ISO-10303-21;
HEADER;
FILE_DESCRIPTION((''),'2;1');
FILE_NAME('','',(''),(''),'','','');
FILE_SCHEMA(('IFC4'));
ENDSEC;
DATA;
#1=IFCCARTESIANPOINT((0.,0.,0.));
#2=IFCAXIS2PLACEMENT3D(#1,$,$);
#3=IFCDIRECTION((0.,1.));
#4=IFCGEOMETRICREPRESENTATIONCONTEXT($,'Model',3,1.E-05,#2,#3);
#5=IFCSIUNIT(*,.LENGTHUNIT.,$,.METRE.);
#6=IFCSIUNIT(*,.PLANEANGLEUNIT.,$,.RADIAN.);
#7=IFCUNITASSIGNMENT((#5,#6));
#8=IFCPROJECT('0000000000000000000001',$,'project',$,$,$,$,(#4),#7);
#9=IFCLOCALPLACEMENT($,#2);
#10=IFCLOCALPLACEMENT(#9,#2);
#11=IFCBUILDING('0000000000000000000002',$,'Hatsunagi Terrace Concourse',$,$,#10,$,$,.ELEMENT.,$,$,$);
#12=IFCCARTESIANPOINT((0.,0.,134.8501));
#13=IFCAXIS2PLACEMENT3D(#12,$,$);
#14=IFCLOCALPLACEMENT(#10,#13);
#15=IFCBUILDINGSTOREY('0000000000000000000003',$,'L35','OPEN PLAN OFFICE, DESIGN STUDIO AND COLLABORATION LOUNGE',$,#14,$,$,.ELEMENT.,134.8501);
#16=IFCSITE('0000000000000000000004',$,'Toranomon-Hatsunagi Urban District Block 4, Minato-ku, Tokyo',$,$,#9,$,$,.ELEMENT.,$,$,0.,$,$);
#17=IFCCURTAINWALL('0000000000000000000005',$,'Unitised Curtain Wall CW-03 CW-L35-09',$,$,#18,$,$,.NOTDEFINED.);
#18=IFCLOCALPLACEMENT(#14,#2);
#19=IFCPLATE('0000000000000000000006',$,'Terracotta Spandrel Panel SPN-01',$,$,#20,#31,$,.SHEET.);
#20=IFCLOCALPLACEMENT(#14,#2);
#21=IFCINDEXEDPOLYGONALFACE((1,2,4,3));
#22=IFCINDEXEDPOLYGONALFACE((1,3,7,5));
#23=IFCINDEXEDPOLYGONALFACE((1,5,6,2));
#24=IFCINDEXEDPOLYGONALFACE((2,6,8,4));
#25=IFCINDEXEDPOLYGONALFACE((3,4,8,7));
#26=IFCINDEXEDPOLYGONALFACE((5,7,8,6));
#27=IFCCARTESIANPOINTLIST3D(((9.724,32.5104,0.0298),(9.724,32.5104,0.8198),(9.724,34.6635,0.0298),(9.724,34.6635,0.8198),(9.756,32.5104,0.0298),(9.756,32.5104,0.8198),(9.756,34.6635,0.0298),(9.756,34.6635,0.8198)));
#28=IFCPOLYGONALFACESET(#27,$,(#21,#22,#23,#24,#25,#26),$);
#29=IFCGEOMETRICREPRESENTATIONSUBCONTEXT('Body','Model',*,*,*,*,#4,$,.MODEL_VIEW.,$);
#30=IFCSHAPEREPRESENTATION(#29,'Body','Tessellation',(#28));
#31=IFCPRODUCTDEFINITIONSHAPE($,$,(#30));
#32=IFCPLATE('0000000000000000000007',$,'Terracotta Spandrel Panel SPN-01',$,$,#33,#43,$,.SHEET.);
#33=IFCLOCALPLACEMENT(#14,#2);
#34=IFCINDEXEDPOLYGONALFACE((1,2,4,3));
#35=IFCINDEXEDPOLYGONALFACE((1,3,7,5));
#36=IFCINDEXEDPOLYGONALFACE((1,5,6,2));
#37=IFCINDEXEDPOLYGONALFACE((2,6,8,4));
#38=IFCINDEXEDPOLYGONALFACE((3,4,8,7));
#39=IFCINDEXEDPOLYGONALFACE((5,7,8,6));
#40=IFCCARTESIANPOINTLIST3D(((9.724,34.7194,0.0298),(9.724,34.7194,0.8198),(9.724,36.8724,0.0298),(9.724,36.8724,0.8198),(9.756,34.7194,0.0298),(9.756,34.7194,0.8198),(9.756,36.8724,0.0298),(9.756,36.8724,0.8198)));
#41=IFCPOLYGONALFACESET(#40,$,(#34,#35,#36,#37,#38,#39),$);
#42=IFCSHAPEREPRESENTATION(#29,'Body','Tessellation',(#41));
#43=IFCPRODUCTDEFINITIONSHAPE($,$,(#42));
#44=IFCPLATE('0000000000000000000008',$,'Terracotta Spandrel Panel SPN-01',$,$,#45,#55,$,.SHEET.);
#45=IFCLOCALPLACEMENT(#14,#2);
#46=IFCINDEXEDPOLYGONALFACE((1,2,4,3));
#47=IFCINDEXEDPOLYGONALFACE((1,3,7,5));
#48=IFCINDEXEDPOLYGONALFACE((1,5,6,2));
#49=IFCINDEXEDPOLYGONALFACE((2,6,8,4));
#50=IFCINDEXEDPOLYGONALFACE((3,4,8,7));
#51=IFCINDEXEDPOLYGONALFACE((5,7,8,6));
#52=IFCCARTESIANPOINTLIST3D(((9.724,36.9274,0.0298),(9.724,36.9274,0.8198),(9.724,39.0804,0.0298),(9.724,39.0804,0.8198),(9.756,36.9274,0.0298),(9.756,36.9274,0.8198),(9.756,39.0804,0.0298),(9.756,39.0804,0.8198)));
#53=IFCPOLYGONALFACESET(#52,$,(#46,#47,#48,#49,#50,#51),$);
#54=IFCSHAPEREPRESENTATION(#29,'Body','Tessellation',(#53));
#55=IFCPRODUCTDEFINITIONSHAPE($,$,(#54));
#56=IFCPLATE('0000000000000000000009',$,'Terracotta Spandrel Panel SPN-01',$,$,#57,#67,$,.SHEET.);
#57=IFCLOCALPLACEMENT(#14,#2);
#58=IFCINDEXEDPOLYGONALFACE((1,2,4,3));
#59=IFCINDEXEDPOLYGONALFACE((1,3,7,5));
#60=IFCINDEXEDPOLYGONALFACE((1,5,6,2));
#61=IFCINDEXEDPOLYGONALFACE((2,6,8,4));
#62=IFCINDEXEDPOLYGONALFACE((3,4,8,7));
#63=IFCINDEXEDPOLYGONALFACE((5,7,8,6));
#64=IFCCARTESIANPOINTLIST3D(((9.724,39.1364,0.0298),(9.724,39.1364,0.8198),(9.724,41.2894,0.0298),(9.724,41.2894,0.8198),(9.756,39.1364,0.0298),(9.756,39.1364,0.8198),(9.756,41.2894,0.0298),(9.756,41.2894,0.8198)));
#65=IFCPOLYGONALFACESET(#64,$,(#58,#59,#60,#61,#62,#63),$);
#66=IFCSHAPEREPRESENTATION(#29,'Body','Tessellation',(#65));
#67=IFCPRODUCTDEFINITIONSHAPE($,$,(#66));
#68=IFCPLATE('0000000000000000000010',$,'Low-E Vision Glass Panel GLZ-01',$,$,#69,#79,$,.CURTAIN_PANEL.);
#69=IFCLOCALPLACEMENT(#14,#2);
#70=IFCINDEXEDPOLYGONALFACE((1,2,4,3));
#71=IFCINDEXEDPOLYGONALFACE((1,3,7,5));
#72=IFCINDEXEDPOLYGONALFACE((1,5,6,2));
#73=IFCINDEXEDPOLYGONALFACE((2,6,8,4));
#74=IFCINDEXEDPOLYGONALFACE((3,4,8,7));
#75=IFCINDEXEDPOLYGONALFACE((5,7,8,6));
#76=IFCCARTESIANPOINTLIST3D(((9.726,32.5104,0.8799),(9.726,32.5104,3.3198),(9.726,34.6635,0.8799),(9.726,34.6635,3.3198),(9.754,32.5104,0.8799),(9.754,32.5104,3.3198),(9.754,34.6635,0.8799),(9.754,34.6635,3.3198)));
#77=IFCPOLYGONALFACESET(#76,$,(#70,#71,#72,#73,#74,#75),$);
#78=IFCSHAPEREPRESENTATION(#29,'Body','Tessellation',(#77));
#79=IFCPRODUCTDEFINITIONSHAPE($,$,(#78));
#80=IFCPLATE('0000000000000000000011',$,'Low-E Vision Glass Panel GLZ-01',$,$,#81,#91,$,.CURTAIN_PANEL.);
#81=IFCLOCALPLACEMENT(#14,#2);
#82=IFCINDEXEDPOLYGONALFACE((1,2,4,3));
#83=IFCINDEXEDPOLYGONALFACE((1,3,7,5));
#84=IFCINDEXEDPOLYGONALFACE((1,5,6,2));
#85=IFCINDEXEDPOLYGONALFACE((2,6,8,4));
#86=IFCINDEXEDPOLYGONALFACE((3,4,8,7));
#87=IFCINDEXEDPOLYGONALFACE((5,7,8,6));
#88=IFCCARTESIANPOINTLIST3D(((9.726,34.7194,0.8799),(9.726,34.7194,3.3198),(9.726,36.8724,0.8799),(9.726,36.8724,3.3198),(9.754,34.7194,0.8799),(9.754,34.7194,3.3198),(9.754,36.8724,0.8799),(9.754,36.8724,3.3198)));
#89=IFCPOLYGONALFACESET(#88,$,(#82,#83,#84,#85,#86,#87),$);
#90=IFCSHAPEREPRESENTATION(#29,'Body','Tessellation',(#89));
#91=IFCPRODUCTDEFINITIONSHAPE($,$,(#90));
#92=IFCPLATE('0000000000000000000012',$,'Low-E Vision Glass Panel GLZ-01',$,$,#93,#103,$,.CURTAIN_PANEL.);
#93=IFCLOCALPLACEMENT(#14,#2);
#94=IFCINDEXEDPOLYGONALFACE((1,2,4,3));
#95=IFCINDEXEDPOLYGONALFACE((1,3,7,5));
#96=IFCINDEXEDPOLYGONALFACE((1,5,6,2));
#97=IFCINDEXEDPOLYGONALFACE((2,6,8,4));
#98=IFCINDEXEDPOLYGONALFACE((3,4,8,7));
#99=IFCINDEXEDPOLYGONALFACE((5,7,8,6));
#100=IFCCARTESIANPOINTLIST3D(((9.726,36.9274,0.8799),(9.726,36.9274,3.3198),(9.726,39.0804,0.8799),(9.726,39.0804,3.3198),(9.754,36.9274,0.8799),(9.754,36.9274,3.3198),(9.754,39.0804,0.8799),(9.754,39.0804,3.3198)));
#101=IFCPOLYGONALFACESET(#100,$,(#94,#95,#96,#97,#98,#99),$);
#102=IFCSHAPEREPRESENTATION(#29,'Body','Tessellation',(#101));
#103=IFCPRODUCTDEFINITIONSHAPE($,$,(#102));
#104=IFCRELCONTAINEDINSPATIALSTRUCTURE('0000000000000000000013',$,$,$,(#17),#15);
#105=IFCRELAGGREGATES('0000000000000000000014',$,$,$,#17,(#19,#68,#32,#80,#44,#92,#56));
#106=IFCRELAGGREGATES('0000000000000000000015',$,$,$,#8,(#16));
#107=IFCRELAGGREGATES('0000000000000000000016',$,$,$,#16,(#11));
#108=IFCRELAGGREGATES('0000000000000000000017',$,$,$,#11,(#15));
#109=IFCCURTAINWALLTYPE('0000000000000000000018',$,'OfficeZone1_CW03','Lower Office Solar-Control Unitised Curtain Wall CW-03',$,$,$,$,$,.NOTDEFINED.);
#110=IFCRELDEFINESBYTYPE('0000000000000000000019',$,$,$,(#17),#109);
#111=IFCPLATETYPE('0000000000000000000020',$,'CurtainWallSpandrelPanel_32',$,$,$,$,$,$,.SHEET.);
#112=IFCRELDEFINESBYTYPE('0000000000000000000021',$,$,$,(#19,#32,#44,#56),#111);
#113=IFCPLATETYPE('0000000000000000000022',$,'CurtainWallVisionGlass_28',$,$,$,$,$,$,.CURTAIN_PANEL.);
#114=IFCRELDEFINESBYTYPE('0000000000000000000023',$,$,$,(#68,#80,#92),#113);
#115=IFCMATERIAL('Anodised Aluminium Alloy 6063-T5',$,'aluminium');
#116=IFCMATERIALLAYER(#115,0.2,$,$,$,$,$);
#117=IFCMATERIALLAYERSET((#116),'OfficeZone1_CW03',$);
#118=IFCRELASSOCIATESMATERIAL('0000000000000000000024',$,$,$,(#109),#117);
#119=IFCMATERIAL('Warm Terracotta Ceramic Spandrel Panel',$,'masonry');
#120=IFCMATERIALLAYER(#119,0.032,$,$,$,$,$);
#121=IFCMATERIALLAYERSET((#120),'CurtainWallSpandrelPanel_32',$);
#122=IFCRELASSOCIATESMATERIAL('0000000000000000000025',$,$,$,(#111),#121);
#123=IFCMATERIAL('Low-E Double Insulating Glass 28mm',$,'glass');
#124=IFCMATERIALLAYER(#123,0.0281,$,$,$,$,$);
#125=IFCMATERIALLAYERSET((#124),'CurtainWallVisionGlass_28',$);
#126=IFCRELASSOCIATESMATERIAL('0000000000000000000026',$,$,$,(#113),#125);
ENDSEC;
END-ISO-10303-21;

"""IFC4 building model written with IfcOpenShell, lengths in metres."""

from ifc_helpers import new_model, si_unit, direction, frame, origin, origin_2d, place, context, subcontext, project, spatial, rectangle, extrude, material, layer, layer_set, type_object, element, aggregate, save


model = new_model("IFC4")

# Units and contexts
model_context = context("Model", 3, precision=1e-05, world=origin(), true_north=direction((0.0, 1.0)))
body_context = subcontext(model_context, "Body", "Model", "MODEL_VIEW")
ifc_project = project(units=[si_unit("LENGTHUNIT", "METRE"), si_unit("PLANEANGLEUNIT", "RADIAN")], contexts=[model_context])

# Site, building, storey
site_placement = place(None, origin())
site = spatial("IfcSite", under=ifc_project, at=site_placement, Name="Toranomon-Hatsunagi Urban District Block 4, Minato-ku, Tokyo", CompositionType="ELEMENT", RefElevation=0.0)
building_placement = place(site_placement, origin())
building = spatial("IfcBuilding", under=site, at=building_placement, Name="Hatsunagi Terrace Concourse", CompositionType="ELEMENT")
storey_placement = place(building_placement, frame((0.0, 0.0, 134.8501)))
storey = spatial("IfcBuildingStorey", under=building, at=storey_placement, Name="L35", Description="OPEN PLAN OFFICE, DESIGN STUDIO AND COLLABORATION LOUNGE", CompositionType="ELEMENT", Elevation=134.8501)

# Curtain wall
ifc_material_1 = material(Name="Anodised Aluminium Alloy 6063-T5", Category="aluminium")
ifc_layer_1 = layer(ifc_material_1, 0.2)
ifc_layer_set_1 = layer_set([ifc_layer_1], Name="OfficeZone1_CW03")
curtain_wall_type = type_object("IfcCurtainWallType", Name="OfficeZone1_CW03", Description="Lower Office Solar-Control Unitised Curtain Wall CW-03", PredefinedType="NOTDEFINED", material=ifc_layer_set_1)
curtain_wall_placement = place(storey_placement, origin())
curtain_wall = element("IfcCurtainWall", 1, at=curtain_wall_placement, inside=storey, type_object=curtain_wall_type, Name="Unitised Curtain Wall CW-03 CW-L35-09", PredefinedType="NOTDEFINED")

# Plates
ifc_material_2 = material(Name="Warm Terracotta Ceramic Spandrel Panel", Category="masonry")
ifc_layer_2 = layer(ifc_material_2, 0.032)
ifc_layer_set_2 = layer_set([ifc_layer_2], Name="CurtainWallSpandrelPanel_32")
plate_type_1 = type_object("IfcPlateType", Name="CurtainWallSpandrelPanel_32", PredefinedType="SHEET", material=ifc_layer_set_2)
plate_1_placement = place(storey_placement, frame((9.74, 33.5869, 0.0298), z_axis=(0.0, 0.0, 1.0), x_axis=(0.0, 1.0, 0.0)))
plate_1 = element("IfcPlate", 2, at=plate_1_placement, type_object=plate_type_1, Name="Terracotta Spandrel Panel SPN-01", PredefinedType="SHEET", context=body_context, shape_type="SweptSolid", body=[
    extrude(rectangle(XDim=2.1531, YDim=0.032, at=origin_2d()), origin(), (0.0, 0.0, 1.0), 0.79),
])
plate_2_placement = place(storey_placement, frame((9.74, 35.7959, 0.0298), z_axis=(0.0, 0.0, 1.0), x_axis=(0.0, 1.0, 0.0)))
plate_2 = element("IfcPlate", 3, at=plate_2_placement, type_object=plate_type_1, Name="Terracotta Spandrel Panel SPN-01", PredefinedType="SHEET", context=body_context, shape_type="SweptSolid", body=[
    extrude(rectangle(XDim=2.1531, YDim=0.032, at=origin_2d()), origin(), (0.0, 0.0, 1.0), 0.79),
])
plate_3_placement = place(storey_placement, frame((9.74, 38.0039, 0.0298), z_axis=(0.0, 0.0, 1.0), x_axis=(0.0, 1.0, 0.0)))
plate_3 = element("IfcPlate", 4, at=plate_3_placement, type_object=plate_type_1, Name="Terracotta Spandrel Panel SPN-01", PredefinedType="SHEET", context=body_context, shape_type="SweptSolid", body=[
    extrude(rectangle(XDim=2.1531, YDim=0.032, at=origin_2d()), origin(), (0.0, 0.0, 1.0), 0.79),
])
plate_4_placement = place(storey_placement, frame((9.74, 40.2129, 0.0298), z_axis=(0.0, 0.0, 1.0), x_axis=(0.0, 1.0, 0.0)))
plate_4 = element("IfcPlate", 5, at=plate_4_placement, type_object=plate_type_1, Name="Terracotta Spandrel Panel SPN-01", PredefinedType="SHEET", context=body_context, shape_type="SweptSolid", body=[
    extrude(rectangle(XDim=2.1531, YDim=0.032, at=origin_2d()), origin(), (0.0, 0.0, 1.0), 0.79),
])
ifc_material_3 = material(Name="Low-E Double Insulating Glass 28mm", Category="glass")
ifc_layer_3 = layer(ifc_material_3, 0.0281)
ifc_layer_set_3 = layer_set([ifc_layer_3], Name="CurtainWallVisionGlass_28")
plate_type_2 = type_object("IfcPlateType", Name="CurtainWallVisionGlass_28", PredefinedType="CURTAIN_PANEL", material=ifc_layer_set_3)
plate_5_placement = place(storey_placement, frame((9.74, 33.5869, 0.8799), z_axis=(0.0, 0.0, 1.0), x_axis=(0.0, 1.0, 0.0)))
plate_5 = element("IfcPlate", 6, at=plate_5_placement, type_object=plate_type_2, Name="Low-E Vision Glass Panel GLZ-01", PredefinedType="CURTAIN_PANEL", context=body_context, shape_type="SweptSolid", body=[
    extrude(rectangle(XDim=2.1531, YDim=0.0281, at=origin_2d()), origin(), (0.0, 0.0, 1.0), 2.4399),
])
plate_6_placement = place(storey_placement, frame((9.74, 35.7959, 0.8799), z_axis=(0.0, 0.0, 1.0), x_axis=(0.0, 1.0, 0.0)))
plate_6 = element("IfcPlate", 7, at=plate_6_placement, type_object=plate_type_2, Name="Low-E Vision Glass Panel GLZ-01", PredefinedType="CURTAIN_PANEL", context=body_context, shape_type="SweptSolid", body=[
    extrude(rectangle(XDim=2.1531, YDim=0.0281, at=origin_2d()), origin(), (0.0, 0.0, 1.0), 2.4399),
])
plate_7_placement = place(storey_placement, frame((9.74, 38.0039, 0.8799), z_axis=(0.0, 0.0, 1.0), x_axis=(0.0, 1.0, 0.0)))
plate_7 = element("IfcPlate", 8, at=plate_7_placement, type_object=plate_type_2, Name="Low-E Vision Glass Panel GLZ-01", PredefinedType="CURTAIN_PANEL", context=body_context, shape_type="SweptSolid", body=[
    extrude(rectangle(XDim=2.1531, YDim=0.0281, at=origin_2d()), origin(), (0.0, 0.0, 1.0), 2.4399),
])
aggregate(curtain_wall, [plate_1, plate_5, plate_2, plate_6, plate_3, plate_7, plate_4])

save(model, "model.ifc")
